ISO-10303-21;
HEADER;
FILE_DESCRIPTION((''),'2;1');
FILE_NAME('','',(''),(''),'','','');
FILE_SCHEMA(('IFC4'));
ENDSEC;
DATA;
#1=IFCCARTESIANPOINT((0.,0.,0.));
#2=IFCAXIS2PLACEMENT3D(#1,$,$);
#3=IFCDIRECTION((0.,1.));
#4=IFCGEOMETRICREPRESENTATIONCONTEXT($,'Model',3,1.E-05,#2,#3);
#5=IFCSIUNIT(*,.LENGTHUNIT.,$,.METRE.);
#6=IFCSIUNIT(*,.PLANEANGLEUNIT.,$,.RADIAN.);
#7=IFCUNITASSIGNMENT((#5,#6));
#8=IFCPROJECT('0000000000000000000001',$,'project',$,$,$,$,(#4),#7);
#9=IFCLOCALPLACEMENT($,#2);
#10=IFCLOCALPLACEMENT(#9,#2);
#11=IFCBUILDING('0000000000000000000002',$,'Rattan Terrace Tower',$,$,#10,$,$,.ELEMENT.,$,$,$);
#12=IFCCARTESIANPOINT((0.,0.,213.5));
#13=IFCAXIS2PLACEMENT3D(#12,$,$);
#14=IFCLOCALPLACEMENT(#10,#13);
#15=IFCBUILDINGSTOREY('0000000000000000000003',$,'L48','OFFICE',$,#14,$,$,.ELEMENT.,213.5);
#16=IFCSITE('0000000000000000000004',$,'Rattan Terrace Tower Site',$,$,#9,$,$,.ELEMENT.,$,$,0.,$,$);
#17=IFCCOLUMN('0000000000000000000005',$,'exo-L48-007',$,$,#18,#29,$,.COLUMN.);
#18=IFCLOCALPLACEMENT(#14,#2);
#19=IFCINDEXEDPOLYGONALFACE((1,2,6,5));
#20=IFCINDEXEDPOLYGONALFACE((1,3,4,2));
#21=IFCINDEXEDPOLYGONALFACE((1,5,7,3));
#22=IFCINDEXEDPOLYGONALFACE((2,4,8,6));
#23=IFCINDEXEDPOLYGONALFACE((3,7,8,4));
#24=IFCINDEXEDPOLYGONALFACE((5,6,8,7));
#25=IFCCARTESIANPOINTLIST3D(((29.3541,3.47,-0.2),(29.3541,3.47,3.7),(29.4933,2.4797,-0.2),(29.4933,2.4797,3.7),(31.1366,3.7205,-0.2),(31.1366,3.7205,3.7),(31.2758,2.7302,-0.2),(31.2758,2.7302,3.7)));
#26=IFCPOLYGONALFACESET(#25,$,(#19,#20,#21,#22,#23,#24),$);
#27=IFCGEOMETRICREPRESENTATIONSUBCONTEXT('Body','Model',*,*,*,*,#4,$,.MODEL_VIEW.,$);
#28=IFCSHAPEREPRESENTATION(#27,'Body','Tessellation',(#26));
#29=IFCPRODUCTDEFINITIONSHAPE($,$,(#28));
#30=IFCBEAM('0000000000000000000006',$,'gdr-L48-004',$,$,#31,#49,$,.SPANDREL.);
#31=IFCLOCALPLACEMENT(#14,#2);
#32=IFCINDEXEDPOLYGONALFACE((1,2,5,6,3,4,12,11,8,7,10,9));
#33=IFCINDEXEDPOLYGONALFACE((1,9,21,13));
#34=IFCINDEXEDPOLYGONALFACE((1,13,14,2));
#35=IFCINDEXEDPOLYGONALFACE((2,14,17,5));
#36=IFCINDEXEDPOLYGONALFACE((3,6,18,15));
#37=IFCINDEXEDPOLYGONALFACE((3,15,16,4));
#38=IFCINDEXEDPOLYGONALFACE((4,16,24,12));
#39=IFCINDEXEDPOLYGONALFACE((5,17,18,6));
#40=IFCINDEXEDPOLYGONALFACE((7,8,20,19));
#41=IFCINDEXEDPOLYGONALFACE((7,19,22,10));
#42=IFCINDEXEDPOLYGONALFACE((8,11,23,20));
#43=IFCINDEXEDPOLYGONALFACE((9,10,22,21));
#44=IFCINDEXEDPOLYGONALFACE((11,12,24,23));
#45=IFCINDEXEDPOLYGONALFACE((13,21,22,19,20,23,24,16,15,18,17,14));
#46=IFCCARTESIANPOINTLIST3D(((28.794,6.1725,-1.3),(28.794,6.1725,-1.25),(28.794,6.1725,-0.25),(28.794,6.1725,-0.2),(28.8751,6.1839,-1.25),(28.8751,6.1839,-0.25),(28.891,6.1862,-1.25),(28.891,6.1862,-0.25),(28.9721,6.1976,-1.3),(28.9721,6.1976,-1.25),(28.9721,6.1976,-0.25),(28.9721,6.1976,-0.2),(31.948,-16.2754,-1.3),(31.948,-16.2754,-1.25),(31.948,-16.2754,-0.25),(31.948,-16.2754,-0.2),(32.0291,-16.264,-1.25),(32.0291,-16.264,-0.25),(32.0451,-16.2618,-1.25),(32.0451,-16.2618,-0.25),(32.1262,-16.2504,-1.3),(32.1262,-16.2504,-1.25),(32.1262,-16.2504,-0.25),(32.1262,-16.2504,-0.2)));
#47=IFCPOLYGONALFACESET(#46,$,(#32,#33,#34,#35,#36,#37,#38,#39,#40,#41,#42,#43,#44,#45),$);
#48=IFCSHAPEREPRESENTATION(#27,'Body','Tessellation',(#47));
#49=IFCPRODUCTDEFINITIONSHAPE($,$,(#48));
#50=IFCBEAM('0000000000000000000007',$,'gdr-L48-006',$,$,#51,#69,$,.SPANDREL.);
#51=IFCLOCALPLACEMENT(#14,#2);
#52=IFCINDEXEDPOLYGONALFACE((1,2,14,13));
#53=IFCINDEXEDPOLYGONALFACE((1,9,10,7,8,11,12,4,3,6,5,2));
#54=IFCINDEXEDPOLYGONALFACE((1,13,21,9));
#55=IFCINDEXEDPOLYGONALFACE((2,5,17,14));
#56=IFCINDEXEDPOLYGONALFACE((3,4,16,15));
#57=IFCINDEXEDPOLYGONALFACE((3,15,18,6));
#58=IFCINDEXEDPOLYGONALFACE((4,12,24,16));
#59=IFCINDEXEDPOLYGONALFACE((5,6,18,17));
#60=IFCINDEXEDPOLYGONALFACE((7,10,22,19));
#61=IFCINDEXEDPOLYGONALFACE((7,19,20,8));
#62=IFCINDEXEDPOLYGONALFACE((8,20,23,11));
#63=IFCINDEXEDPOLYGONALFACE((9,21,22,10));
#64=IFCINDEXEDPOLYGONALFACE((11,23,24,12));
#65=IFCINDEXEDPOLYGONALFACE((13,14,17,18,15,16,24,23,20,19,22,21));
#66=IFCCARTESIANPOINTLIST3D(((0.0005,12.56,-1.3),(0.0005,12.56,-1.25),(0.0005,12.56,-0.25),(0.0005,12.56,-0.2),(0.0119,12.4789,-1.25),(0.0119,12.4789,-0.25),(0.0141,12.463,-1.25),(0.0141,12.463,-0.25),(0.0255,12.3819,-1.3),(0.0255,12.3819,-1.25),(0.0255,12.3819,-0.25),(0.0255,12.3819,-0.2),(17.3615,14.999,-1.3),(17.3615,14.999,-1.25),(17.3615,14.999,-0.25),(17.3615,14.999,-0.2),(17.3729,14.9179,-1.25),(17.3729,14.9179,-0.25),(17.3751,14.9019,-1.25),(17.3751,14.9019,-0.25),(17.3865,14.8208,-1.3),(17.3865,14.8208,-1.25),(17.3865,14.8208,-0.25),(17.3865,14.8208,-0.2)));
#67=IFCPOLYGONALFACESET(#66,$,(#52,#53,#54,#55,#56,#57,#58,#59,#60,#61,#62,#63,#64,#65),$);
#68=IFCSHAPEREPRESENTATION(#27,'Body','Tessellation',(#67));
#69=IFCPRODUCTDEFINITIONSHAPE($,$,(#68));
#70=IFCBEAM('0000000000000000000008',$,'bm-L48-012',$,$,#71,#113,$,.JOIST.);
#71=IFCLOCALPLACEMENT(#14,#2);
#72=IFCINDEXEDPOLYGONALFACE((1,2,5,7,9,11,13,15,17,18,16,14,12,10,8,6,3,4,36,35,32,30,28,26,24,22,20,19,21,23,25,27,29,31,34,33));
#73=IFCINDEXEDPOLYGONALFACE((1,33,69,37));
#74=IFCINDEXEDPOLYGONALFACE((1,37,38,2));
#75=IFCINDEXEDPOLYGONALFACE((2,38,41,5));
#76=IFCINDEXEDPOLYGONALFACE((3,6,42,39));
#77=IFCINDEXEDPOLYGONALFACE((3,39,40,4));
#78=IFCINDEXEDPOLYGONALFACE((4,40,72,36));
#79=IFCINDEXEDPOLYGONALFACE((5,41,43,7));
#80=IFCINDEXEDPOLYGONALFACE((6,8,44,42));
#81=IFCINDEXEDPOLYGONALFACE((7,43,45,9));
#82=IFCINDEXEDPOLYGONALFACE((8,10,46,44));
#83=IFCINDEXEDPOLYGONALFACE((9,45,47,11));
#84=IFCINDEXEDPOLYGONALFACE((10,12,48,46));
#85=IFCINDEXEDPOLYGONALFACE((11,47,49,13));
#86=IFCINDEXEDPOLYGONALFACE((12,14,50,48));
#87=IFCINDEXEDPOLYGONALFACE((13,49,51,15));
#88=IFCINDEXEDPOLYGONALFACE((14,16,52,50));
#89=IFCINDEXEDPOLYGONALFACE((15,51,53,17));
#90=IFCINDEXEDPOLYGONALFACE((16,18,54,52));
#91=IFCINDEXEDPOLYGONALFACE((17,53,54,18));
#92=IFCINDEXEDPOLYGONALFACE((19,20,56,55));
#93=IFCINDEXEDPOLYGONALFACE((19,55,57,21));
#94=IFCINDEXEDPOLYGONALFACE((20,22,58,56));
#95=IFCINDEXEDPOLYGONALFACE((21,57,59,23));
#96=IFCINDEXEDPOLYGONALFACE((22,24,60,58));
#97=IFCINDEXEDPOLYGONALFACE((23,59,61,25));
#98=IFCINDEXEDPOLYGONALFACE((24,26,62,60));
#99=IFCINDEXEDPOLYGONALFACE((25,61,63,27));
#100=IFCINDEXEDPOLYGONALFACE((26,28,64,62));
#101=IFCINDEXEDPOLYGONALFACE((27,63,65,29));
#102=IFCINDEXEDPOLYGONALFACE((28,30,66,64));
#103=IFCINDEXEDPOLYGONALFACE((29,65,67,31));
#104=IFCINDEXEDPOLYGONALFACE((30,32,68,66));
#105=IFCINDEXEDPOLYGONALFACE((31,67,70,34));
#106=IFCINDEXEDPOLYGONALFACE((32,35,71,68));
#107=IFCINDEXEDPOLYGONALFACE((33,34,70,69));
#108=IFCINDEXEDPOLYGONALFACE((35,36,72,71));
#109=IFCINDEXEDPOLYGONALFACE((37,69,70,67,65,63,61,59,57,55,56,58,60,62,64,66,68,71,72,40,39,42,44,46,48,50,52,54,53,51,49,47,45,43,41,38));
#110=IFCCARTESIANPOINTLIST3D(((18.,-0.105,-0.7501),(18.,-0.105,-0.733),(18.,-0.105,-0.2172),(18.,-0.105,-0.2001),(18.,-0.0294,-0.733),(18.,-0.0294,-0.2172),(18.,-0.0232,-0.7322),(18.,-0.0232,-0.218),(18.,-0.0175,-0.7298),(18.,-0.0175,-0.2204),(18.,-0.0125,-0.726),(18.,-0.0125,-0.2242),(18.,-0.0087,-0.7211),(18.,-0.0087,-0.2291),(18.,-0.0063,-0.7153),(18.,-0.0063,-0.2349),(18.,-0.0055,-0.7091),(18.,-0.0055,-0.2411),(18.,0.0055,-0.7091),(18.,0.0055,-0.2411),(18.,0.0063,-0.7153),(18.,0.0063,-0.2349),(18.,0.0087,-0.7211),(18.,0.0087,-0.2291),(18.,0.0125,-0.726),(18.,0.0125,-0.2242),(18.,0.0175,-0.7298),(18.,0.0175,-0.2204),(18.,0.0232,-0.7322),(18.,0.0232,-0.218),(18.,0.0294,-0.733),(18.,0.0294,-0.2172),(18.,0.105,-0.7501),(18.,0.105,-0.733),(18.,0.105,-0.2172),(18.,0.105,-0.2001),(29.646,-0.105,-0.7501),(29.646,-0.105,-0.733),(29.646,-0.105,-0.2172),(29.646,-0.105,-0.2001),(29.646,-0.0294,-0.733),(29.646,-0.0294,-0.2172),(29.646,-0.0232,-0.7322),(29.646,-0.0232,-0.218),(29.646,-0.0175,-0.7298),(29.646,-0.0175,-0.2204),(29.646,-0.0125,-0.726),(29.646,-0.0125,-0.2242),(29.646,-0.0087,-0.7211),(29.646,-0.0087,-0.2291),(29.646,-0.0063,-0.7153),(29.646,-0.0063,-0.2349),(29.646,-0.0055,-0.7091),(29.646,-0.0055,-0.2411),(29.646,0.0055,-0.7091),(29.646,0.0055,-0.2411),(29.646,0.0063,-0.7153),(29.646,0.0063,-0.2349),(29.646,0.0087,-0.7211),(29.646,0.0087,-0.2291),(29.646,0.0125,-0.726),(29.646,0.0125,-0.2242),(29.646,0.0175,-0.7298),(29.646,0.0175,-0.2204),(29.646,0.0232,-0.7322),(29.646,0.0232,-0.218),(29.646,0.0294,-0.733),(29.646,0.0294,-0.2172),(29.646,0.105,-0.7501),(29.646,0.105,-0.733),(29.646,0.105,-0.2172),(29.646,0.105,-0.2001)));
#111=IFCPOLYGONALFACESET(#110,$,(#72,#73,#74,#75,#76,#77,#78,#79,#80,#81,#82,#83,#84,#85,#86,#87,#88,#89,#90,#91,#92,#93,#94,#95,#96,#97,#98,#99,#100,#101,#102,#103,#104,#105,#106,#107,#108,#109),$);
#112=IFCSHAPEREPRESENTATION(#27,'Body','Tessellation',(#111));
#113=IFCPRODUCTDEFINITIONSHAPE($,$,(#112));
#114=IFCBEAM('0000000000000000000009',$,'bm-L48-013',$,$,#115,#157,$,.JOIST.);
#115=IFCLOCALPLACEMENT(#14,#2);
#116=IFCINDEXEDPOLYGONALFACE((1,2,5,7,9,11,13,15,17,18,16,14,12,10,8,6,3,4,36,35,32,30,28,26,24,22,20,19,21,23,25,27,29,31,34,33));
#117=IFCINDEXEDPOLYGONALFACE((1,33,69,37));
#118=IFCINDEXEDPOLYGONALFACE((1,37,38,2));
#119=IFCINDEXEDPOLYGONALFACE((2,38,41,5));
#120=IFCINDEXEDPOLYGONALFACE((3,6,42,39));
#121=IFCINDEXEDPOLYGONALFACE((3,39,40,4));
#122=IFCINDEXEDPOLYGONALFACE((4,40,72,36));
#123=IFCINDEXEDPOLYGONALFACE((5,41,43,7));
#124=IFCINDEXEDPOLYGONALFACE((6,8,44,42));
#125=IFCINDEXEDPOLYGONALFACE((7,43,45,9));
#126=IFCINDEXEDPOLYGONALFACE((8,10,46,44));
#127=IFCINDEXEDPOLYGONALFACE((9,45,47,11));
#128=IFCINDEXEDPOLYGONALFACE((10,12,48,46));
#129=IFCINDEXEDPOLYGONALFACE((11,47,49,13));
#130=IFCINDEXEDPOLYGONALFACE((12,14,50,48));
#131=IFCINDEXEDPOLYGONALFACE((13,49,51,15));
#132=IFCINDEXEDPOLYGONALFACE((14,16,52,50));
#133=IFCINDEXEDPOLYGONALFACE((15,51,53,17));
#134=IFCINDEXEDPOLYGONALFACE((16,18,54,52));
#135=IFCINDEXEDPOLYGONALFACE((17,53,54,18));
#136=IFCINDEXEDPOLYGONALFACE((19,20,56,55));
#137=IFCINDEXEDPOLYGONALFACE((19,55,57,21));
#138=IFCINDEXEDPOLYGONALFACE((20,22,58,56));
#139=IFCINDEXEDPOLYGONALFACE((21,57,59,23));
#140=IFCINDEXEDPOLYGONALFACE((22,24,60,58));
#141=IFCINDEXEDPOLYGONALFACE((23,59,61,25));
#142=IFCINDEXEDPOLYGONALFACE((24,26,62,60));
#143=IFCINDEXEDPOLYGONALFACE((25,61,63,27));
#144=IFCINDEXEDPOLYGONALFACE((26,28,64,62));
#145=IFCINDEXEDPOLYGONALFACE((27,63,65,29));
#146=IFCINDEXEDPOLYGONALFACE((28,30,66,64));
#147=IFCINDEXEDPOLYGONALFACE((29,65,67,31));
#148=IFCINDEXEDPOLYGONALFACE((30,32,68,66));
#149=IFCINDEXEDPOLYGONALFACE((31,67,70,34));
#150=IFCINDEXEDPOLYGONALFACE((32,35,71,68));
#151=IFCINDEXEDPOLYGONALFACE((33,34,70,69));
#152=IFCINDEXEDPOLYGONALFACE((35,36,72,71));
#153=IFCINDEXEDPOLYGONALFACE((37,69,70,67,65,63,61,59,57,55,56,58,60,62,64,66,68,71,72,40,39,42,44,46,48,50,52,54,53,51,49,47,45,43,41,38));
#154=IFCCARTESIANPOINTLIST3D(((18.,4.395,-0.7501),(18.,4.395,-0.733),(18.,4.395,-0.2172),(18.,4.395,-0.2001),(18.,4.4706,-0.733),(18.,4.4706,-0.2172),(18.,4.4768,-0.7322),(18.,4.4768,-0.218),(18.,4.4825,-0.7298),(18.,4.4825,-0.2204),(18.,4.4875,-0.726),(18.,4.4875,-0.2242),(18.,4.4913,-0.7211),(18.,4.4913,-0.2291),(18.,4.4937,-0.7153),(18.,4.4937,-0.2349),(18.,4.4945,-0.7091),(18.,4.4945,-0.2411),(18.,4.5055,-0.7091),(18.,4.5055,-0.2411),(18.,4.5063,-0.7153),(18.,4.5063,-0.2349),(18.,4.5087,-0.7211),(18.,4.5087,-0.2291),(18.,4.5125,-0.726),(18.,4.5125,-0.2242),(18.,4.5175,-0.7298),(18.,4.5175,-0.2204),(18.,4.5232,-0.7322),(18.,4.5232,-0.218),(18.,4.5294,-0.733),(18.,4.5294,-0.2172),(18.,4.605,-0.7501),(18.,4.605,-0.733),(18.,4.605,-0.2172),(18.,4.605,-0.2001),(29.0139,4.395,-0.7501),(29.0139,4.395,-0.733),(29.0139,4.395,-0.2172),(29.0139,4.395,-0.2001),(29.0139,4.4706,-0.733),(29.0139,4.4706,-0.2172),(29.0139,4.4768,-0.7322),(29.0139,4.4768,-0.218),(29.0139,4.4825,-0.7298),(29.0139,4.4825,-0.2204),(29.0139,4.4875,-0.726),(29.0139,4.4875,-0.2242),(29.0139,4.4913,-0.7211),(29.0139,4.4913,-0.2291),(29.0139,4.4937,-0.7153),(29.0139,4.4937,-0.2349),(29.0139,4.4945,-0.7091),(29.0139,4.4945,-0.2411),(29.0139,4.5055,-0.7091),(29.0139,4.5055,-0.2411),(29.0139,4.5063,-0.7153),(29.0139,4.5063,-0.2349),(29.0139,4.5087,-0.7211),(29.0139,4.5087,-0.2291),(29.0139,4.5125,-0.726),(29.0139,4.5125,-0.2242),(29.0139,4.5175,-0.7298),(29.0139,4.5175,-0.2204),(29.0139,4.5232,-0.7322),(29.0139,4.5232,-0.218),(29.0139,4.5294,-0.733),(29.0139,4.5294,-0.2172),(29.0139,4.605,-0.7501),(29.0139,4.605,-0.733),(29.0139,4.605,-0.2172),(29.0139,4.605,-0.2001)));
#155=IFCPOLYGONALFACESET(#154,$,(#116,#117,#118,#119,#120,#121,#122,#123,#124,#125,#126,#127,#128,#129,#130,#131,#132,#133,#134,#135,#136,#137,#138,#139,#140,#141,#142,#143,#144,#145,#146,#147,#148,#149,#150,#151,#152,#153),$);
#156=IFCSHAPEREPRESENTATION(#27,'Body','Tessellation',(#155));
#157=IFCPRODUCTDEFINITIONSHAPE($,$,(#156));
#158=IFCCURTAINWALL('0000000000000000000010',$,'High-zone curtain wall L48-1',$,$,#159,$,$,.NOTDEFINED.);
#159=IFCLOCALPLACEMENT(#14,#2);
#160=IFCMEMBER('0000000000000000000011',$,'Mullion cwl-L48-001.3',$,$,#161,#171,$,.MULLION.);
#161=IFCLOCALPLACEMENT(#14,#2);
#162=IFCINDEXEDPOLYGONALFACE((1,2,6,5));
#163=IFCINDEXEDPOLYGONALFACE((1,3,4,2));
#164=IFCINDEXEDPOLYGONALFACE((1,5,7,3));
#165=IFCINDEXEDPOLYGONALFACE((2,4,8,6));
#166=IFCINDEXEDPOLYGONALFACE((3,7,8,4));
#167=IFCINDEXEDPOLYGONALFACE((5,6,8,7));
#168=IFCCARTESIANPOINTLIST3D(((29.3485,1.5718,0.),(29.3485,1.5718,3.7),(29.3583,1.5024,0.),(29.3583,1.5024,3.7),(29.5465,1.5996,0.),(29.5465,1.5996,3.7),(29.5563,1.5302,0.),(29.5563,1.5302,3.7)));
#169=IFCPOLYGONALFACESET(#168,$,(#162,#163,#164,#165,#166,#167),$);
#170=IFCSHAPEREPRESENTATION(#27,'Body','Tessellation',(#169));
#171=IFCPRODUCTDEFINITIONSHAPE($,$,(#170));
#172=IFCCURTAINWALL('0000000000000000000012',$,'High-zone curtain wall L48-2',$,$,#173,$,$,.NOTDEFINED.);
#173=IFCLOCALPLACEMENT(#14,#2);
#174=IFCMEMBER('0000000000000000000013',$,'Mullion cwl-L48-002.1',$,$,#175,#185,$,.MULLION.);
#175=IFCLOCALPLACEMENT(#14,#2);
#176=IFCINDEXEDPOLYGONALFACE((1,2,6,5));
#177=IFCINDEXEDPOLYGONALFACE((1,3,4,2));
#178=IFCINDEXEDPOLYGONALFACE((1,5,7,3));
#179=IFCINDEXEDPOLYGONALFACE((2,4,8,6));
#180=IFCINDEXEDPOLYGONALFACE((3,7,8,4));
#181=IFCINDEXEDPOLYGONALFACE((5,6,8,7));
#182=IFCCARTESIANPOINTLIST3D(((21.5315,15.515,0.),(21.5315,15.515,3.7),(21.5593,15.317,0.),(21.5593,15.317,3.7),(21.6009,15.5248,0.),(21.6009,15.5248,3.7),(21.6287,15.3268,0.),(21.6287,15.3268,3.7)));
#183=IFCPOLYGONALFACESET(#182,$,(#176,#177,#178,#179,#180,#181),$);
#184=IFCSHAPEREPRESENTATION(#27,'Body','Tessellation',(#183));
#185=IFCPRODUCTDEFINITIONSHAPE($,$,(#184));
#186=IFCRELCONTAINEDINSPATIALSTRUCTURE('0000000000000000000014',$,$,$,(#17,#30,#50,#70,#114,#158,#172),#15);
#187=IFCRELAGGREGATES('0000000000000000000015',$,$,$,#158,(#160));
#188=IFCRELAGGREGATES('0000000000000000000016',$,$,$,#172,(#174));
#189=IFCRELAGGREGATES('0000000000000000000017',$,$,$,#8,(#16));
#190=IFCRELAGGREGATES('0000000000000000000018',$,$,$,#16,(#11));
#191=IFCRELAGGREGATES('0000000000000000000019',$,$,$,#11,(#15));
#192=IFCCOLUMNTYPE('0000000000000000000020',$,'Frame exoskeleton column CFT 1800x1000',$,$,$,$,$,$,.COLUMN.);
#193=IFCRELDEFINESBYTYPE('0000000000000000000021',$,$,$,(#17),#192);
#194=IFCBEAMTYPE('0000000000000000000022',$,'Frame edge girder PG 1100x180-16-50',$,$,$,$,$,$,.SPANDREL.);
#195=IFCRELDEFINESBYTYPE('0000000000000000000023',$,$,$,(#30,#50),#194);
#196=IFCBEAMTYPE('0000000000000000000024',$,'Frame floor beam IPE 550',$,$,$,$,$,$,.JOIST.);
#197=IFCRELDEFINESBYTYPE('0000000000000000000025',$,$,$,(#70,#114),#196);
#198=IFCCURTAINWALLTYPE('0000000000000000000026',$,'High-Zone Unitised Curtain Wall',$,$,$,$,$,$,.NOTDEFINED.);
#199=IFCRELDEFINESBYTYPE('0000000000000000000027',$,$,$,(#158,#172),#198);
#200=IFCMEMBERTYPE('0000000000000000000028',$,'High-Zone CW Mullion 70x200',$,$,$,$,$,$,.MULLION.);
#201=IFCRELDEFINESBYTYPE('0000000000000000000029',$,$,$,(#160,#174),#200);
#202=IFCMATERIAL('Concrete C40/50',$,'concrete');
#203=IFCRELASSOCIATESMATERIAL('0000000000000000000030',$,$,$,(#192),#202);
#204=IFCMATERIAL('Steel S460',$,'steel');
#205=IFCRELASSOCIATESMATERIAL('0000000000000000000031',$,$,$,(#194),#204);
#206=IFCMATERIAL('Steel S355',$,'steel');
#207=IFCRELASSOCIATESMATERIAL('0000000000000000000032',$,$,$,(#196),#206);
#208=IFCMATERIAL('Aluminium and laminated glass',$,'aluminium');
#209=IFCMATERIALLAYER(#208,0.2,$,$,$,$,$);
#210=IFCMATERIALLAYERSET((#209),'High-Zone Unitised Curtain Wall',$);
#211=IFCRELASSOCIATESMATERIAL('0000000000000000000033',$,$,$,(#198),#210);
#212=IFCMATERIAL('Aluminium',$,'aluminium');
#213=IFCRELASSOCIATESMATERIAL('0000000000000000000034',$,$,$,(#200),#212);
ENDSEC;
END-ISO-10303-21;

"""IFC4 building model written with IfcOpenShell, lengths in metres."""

from ifc_helpers import new_model, si_unit, direction, frame, origin, origin_2d, place, context, subcontext, project, spatial, rectangle, i_section, extrude, material, layer, layer_set, material_profile, profile_set, type_object, element, aggregate, save


model = new_model("IFC4")

# Units and contexts
model_context = context("Model", 3, precision=1e-05, world=origin(), true_north=direction((0.0, 1.0)))
body_context = subcontext(model_context, "Body", "Model", "MODEL_VIEW")
ifc_project = project(units=[si_unit("LENGTHUNIT", "METRE"), si_unit("PLANEANGLEUNIT", "RADIAN")], contexts=[model_context])

# Site, building, storey
site_placement = place(None, origin())
site = spatial("IfcSite", under=ifc_project, at=site_placement, Name="Rattan Terrace Tower Site", CompositionType="ELEMENT", RefElevation=0.0)
building_placement = place(site_placement, origin())
building = spatial("IfcBuilding", under=site, at=building_placement, Name="Rattan Terrace Tower", CompositionType="ELEMENT")
storey_placement = place(building_placement, frame((0.0, 0.0, 213.5)))
storey = spatial("IfcBuildingStorey", under=building, at=storey_placement, Name="L48", Description="OFFICE", CompositionType="ELEMENT", Elevation=213.5)

# Column
ifc_material_1 = material(Name="Concrete C40/50", Category="concrete")
ifc_material_profile_1 = material_profile(ifc_material_1, rectangle(XDim=1.0, YDim=1.8, at=origin_2d()), Name="CFT 1800x1000")
ifc_profile_set_1 = profile_set([ifc_material_profile_1], Name="Concrete C40/50")
column_type = type_object("IfcColumnType", Name="Frame exoskeleton column CFT 1800x1000", PredefinedType="COLUMN", material=ifc_profile_set_1)
column_placement = place(storey_placement, frame((30.3149, 3.1001, -0.2), z_axis=(0.0, 0.0, 1.0), x_axis=(-0.13919, 0.990266, 0.0)))
element("IfcColumn", 1, at=column_placement, inside=storey, type_object=column_type, Name="exo-L48-007", PredefinedType="COLUMN", context=body_context, shape_type="SweptSolid", body=[
    extrude(rectangle(XDim=1.0, YDim=1.8, at=origin_2d()), origin(), (0.0, 0.0, 1.0), 3.8999),
])

# Beams
ifc_material_2 = material(Name="Steel S460", Category="steel")
ifc_material_profile_2 = material_profile(ifc_material_2, i_section(OverallWidth=0.1799, OverallDepth=1.1001, WebThickness=0.0161, FlangeThickness=0.05, at=origin_2d()), Name="PG 1100x180-16-50")
ifc_profile_set_2 = profile_set([ifc_material_profile_2], Name="Steel S460")
beam_type_1 = type_object("IfcBeamType", Name="Frame edge girder PG 1100x180-16-50", PredefinedType="SPANDREL", material=ifc_profile_set_2)
beam_1_placement = place(storey_placement, frame((28.8831, 6.1851, -0.75), z_axis=(0.139138, -0.990273, 0.0), x_axis=(0.990273, 0.139138, 0.0)))
element("IfcBeam", 2, at=beam_1_placement, inside=storey, type_object=beam_type_1, Name="gdr-L48-004", PredefinedType="SPANDREL", context=body_context, shape_type="SweptSolid", body=[
    extrude(i_section(OverallWidth=0.1799, OverallDepth=1.1001, WebThickness=0.0161, FlangeThickness=0.05, at=origin_2d()), origin(), (0.0, 0.0, 1.0), 22.6685),
])
beam_2_placement = place(storey_placement, frame((17.374, 14.9099, -0.75), z_axis=(-0.990276, -0.139118, 0.0), x_axis=(0.139118, -0.990276, 0.0)))
element("IfcBeam", 3, at=beam_2_placement, inside=storey, type_object=beam_type_1, Name="gdr-L48-006", PredefinedType="SPANDREL", context=body_context, shape_type="SweptSolid", body=[
    extrude(i_section(OverallWidth=0.1799, OverallDepth=1.1001, WebThickness=0.0161, FlangeThickness=0.05, at=origin_2d()), origin(), (0.0, 0.0, 1.0), 17.5315),
])
ifc_material_3 = material(Name="Steel S355", Category="steel")
ifc_material_profile_3 = material_profile(ifc_material_3, i_section(OverallWidth=0.21, OverallDepth=0.55, WebThickness=0.011, FlangeThickness=0.0171, FilletRadius=0.0239, at=origin_2d()), Name="IPE 550")
ifc_profile_set_3 = profile_set([ifc_material_profile_3], Name="Steel S355")
beam_type_2 = type_object("IfcBeamType", Name="Frame floor beam IPE 550", PredefinedType="JOIST", material=ifc_profile_set_3)
beam_3_placement = place(storey_placement, frame((18.0, 0.0, -0.4751), z_axis=(1.0, 0.0, 0.0), x_axis=(0.0, 1.0, 0.0)))
element("IfcBeam", 4, at=beam_3_placement, inside=storey, type_object=beam_type_2, Name="bm-L48-012", PredefinedType="JOIST", context=body_context, shape_type="SweptSolid", body=[
    extrude(i_section(OverallWidth=0.21, OverallDepth=0.55, WebThickness=0.011, FlangeThickness=0.0171, FilletRadius=0.0239, at=origin_2d()), origin(), (0.0, 0.0, 1.0), 11.646),
])
beam_4_placement = place(storey_placement, frame((18.0, 4.5, -0.4751), z_axis=(1.0, 0.0, 0.0), x_axis=(0.0, 1.0, 0.0)))
element("IfcBeam", 5, at=beam_4_placement, inside=storey, type_object=beam_type_2, Name="bm-L48-013", PredefinedType="JOIST", context=body_context, shape_type="SweptSolid", body=[
    extrude(i_section(OverallWidth=0.21, OverallDepth=0.55, WebThickness=0.011, FlangeThickness=0.0171, FilletRadius=0.0239, at=origin_2d()), origin(), (0.0, 0.0, 1.0), 11.0139),
])

# Curtain walls, members
ifc_material_4 = material(Name="Aluminium and laminated glass", Category="aluminium")
ifc_layer_1 = layer(ifc_material_4, 0.2)
ifc_layer_set_1 = layer_set([ifc_layer_1], Name="High-Zone Unitised Curtain Wall")
curtain_wall_type = type_object("IfcCurtainWallType", Name="High-Zone Unitised Curtain Wall", PredefinedType="NOTDEFINED", material=ifc_layer_set_1)
curtain_wall_1_placement = place(storey_placement, origin())
curtain_wall_1 = element("IfcCurtainWall", 6, at=curtain_wall_1_placement, inside=storey, type_object=curtain_wall_type, Name="High-zone curtain wall L48-1", PredefinedType="NOTDEFINED")
ifc_material_5 = material(Name="Aluminium", Category="aluminium")
ifc_material_profile_4 = material_profile(ifc_material_5, rectangle(XDim=0.0701, YDim=0.2, at=origin_2d()), Name="Aluminium 70x200")
ifc_profile_set_4 = profile_set([ifc_material_profile_4], Name="Aluminium")
member_type_1 = type_object("IfcMemberType", Name="High-Zone CW Mullion 70x200", PredefinedType="MULLION", material=ifc_profile_set_4)
member_1_placement = place(storey_placement, frame((29.4524, 1.551, 0.0), z_axis=(0.0, 0.0, 1.0), x_axis=(-0.139186, 0.990266, 0.0)))
member_1 = element("IfcMember", 7, at=member_1_placement, type_object=member_type_1, Name="Mullion cwl-L48-001.3", PredefinedType="MULLION", context=body_context, shape_type="SweptSolid", body=[
    extrude(rectangle(XDim=0.0701, YDim=0.2, at=origin_2d()), origin(), (0.0, 0.0, 1.0), 3.7),
])
curtain_wall_2_placement = place(storey_placement, origin())
curtain_wall_2 = element("IfcCurtainWall", 8, at=curtain_wall_2_placement, inside=storey, type_object=curtain_wall_type, Name="High-zone curtain wall L48-2", PredefinedType="NOTDEFINED")
member_2_placement = place(storey_placement, frame((21.5801, 15.4209, 0.0), z_axis=(0.0, 0.0, 1.0), x_axis=(-0.990267, -0.139177, 0.0)))
member_2 = element("IfcMember", 9, at=member_2_placement, type_object=member_type_1, Name="Mullion cwl-L48-002.1", PredefinedType="MULLION", context=body_context, shape_type="SweptSolid", body=[
    extrude(rectangle(XDim=0.0701, YDim=0.2, at=origin_2d()), origin(), (0.0, 0.0, 1.0), 3.7),
])

aggregate(curtain_wall_1, [member_1])
aggregate(curtain_wall_2, [member_2])

save(model, "model.ifc")
